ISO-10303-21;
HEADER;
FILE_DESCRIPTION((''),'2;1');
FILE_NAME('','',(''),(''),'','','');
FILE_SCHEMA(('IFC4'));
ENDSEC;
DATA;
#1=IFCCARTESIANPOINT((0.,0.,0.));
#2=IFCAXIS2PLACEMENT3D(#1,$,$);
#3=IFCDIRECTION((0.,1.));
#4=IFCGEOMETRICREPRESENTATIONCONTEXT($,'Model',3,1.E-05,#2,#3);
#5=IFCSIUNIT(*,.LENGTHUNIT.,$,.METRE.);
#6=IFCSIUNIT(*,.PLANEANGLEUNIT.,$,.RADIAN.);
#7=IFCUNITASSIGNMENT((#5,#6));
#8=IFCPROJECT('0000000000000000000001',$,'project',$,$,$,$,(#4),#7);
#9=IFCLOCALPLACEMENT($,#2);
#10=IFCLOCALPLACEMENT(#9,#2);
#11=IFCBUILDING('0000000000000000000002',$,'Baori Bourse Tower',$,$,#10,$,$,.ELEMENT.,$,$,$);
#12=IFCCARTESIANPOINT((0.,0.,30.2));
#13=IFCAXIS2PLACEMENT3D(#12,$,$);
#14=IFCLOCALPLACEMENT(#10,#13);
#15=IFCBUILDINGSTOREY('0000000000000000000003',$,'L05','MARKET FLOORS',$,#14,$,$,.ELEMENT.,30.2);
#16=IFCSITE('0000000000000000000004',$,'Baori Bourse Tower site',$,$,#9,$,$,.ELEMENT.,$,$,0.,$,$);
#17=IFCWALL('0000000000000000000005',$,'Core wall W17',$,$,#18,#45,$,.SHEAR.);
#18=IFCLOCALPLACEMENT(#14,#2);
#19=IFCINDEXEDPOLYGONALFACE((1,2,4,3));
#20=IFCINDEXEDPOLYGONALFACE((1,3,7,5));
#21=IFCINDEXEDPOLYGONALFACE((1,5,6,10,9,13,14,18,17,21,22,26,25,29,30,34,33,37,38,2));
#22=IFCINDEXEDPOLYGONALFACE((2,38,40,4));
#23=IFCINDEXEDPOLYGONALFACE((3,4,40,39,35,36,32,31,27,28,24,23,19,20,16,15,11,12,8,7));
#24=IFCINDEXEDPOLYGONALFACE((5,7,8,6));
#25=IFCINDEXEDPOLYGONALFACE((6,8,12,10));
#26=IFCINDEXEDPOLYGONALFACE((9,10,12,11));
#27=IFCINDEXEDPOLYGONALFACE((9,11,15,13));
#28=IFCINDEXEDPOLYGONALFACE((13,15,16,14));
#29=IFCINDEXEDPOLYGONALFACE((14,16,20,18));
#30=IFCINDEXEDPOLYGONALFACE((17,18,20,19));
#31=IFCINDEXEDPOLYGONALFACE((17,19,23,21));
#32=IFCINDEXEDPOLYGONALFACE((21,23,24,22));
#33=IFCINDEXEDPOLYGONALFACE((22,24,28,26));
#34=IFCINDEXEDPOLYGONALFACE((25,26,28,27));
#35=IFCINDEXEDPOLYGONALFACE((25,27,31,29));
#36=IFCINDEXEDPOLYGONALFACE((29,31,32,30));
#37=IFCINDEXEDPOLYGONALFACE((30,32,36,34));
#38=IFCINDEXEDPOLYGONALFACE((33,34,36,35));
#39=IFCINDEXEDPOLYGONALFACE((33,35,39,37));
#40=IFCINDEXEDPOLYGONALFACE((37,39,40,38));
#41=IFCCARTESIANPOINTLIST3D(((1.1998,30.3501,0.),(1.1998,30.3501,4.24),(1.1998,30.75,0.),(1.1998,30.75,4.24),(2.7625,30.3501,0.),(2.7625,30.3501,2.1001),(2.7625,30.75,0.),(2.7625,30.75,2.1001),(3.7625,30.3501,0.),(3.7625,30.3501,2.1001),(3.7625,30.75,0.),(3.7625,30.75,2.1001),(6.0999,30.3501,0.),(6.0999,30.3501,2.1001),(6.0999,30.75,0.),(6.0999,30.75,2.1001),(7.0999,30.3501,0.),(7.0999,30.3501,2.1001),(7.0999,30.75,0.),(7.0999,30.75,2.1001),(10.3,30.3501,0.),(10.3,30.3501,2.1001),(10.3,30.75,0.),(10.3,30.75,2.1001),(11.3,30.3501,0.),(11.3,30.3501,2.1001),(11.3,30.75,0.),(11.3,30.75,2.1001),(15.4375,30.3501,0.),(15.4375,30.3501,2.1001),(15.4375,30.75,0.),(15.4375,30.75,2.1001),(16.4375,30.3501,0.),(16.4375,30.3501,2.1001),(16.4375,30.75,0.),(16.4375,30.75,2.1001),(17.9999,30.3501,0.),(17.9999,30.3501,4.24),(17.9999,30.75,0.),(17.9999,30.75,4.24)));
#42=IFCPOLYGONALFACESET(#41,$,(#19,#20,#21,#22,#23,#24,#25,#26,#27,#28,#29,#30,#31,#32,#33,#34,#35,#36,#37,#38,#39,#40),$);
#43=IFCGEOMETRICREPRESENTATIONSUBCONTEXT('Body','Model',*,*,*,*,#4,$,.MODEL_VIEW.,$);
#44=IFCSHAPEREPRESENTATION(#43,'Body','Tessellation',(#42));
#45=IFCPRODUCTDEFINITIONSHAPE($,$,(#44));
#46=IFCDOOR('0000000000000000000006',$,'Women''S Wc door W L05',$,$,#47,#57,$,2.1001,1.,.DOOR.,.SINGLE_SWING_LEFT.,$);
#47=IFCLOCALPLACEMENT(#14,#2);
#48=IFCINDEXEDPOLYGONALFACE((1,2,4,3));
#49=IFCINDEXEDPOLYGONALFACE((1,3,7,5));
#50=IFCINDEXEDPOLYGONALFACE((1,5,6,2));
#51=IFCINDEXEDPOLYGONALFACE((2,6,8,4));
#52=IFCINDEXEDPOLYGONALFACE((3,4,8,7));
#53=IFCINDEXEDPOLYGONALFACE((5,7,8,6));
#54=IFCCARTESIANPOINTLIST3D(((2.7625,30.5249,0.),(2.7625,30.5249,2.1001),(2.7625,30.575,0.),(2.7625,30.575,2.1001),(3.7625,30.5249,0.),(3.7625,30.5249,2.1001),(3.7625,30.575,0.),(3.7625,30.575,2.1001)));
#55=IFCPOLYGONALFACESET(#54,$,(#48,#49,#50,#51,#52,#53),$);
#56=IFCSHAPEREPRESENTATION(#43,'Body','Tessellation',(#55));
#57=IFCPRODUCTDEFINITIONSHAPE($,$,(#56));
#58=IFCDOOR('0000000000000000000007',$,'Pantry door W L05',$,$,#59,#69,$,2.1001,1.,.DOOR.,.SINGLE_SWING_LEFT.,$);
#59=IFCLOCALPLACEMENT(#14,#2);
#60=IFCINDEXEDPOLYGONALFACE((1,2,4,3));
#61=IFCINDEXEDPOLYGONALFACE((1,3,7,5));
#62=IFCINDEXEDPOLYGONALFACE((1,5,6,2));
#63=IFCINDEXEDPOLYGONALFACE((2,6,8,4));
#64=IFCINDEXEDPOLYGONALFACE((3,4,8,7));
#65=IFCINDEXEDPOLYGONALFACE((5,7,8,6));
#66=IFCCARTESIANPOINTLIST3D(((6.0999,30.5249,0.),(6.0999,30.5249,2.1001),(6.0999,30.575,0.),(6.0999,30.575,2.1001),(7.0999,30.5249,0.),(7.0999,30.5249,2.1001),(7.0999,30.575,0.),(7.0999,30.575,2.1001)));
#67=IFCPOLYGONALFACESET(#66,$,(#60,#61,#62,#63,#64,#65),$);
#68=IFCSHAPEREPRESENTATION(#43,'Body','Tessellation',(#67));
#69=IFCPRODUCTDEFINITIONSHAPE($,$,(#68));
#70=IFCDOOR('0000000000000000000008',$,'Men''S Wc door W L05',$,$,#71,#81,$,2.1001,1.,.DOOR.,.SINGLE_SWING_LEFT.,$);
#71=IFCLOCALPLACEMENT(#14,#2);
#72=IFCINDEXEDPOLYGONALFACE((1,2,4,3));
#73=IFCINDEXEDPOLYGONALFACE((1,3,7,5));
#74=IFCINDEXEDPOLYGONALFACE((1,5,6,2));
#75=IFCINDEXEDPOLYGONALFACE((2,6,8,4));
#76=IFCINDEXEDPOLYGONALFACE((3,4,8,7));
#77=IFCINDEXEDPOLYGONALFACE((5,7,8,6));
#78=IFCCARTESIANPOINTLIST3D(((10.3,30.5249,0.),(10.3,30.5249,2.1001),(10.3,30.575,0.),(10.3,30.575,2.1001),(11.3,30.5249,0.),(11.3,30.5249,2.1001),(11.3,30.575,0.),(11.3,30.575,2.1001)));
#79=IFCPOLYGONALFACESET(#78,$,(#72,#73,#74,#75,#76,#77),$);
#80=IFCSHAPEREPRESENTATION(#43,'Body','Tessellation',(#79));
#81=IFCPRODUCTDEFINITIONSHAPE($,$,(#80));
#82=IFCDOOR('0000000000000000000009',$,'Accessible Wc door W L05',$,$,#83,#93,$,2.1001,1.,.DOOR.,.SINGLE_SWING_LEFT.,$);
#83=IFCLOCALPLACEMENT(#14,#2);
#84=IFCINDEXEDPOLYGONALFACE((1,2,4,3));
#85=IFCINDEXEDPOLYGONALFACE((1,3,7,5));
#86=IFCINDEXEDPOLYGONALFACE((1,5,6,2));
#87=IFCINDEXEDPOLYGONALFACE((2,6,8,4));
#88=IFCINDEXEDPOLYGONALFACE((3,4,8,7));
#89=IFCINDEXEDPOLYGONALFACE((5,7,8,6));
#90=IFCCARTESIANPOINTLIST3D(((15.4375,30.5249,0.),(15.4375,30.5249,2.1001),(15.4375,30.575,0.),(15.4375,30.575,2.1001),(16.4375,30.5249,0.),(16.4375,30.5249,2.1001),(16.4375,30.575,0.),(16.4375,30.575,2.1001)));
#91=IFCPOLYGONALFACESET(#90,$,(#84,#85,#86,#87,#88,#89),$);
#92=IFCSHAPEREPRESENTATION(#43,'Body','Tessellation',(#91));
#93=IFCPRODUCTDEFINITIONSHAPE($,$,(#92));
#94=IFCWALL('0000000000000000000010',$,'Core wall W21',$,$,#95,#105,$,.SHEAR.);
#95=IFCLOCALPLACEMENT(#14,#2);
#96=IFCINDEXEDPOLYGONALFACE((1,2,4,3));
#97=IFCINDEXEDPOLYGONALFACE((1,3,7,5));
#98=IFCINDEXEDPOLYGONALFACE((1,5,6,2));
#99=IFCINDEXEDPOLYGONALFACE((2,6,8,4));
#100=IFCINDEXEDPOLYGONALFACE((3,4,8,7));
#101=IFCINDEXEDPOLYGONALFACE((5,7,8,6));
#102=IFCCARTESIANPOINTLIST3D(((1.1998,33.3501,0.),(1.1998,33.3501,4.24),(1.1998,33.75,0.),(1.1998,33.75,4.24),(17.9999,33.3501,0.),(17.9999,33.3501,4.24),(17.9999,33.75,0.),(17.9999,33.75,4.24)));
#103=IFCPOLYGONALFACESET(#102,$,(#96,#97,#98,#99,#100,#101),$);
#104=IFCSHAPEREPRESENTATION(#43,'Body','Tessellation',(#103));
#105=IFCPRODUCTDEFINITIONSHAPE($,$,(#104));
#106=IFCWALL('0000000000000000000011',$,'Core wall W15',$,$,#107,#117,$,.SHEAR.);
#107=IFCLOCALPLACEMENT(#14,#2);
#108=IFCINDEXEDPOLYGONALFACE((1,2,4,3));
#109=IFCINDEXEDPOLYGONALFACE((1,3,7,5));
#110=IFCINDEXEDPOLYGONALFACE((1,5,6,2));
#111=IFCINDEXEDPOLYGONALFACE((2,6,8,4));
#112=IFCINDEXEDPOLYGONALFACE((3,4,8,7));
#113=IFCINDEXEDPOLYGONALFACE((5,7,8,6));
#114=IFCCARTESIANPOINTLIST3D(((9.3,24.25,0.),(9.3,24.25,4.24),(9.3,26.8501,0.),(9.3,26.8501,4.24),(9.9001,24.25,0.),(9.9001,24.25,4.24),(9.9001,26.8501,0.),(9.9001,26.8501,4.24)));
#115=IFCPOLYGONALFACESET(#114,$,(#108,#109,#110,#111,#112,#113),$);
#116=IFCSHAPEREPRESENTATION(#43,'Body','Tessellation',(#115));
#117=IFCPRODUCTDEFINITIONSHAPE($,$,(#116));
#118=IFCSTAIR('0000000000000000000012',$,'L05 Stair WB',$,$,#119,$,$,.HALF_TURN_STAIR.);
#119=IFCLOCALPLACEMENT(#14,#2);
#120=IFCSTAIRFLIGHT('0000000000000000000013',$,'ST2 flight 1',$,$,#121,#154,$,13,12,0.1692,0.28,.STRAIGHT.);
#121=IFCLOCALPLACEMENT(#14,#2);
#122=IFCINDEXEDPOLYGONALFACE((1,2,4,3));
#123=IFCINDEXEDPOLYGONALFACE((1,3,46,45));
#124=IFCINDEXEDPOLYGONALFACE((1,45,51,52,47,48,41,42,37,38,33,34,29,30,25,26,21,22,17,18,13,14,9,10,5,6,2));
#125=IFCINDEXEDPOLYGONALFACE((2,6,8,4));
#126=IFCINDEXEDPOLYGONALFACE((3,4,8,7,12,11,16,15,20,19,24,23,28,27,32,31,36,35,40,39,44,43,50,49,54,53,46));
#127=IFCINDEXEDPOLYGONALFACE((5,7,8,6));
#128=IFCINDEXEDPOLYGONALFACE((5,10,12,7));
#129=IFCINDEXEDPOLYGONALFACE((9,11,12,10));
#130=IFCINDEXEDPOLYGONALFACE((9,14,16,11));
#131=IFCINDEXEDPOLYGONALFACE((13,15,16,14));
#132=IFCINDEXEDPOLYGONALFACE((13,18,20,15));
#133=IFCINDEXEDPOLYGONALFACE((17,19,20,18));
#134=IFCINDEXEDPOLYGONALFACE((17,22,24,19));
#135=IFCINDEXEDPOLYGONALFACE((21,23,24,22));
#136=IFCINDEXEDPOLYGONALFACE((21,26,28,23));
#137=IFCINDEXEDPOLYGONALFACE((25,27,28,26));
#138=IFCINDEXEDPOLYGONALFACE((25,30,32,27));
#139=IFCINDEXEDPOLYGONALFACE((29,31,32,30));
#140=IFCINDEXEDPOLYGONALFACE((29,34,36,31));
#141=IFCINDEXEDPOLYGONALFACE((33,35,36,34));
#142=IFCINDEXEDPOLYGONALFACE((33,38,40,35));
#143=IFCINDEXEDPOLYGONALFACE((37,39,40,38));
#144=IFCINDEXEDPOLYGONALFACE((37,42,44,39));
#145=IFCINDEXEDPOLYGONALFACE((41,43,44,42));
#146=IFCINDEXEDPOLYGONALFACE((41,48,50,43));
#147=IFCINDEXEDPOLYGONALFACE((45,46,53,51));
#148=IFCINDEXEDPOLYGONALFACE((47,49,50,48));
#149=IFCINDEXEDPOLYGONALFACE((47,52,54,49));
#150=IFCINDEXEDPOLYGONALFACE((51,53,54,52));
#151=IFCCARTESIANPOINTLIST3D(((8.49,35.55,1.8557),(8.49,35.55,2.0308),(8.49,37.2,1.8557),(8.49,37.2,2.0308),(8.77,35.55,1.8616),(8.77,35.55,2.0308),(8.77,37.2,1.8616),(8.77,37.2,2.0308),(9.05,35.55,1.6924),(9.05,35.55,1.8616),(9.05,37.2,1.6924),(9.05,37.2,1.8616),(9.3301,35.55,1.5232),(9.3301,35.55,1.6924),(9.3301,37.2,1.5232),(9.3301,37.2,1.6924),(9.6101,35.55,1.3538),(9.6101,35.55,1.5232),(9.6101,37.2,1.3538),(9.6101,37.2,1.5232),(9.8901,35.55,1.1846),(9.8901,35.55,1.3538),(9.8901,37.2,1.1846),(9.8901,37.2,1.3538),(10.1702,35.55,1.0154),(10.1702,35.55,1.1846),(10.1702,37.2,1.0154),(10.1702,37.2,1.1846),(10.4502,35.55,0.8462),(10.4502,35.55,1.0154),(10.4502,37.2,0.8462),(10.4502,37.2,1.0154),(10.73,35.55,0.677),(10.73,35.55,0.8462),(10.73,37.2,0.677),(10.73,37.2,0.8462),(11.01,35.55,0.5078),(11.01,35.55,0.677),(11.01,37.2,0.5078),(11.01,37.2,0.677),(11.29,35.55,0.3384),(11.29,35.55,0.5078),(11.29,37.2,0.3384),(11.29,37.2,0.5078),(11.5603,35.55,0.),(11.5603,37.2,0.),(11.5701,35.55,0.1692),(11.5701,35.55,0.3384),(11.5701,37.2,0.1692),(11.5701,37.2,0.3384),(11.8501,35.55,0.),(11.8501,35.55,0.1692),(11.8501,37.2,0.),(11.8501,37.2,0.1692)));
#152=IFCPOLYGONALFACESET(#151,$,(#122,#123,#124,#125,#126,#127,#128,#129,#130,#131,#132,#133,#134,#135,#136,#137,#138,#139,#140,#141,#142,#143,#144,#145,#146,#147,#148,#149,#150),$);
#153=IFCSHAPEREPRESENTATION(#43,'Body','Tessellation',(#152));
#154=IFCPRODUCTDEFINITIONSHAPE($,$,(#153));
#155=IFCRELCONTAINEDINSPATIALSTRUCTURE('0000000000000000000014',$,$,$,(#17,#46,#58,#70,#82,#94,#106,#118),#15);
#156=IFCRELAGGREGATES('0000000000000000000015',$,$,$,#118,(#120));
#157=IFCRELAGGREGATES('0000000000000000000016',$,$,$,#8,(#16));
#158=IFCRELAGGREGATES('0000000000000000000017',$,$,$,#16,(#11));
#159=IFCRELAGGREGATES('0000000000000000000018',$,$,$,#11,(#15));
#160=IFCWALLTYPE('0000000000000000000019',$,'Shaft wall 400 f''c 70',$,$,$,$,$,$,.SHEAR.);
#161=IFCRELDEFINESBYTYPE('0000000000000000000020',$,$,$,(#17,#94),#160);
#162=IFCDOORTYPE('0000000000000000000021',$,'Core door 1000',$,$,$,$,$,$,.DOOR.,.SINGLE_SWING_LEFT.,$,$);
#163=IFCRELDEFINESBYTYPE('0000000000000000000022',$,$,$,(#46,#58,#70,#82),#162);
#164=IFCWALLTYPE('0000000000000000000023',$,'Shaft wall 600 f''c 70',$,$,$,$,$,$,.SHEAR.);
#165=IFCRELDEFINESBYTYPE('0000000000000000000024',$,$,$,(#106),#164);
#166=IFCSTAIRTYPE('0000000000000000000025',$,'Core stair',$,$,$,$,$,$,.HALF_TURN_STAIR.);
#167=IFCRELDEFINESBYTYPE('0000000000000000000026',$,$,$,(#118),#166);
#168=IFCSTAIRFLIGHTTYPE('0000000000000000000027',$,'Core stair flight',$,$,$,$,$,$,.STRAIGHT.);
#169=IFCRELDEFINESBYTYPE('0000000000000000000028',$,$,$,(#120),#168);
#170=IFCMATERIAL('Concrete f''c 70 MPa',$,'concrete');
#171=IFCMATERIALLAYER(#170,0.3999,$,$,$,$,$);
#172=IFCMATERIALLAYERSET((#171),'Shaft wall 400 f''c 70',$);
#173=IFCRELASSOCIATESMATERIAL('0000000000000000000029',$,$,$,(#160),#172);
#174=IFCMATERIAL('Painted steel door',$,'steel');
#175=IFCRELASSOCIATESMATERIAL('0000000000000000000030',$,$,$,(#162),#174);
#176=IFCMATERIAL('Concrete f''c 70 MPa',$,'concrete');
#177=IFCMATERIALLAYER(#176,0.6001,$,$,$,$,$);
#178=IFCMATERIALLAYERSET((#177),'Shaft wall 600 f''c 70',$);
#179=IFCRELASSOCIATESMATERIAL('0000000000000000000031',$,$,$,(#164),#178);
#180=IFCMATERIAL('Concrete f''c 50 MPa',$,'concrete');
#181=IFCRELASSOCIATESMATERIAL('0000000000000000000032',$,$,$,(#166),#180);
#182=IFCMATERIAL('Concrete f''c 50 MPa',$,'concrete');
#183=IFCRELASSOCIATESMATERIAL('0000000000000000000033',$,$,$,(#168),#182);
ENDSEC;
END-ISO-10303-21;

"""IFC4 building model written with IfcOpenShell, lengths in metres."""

from ifc_helpers import new_model, si_unit, direction, frame, frame_2d, origin, place, context, subcontext, project, spatial, polyline, rectangle, outline, extrude, material, layer, layer_set, type_object, element, fill, aggregate, save


model = new_model("IFC4")

# Units and contexts
model_context = context("Model", 3, precision=1e-05, world=origin(), true_north=direction((0.0, 1.0)))
body_context = subcontext(model_context, "Body", "Model", "MODEL_VIEW")
ifc_project = project(units=[si_unit("LENGTHUNIT", "METRE"), si_unit("PLANEANGLEUNIT", "RADIAN")], contexts=[model_context])

# Site, building, storey
site_placement = place(None, origin())
site = spatial("IfcSite", under=ifc_project, at=site_placement, Name="Baori Bourse Tower site", CompositionType="ELEMENT", RefElevation=0.0)
building_placement = place(site_placement, origin())
building = spatial("IfcBuilding", under=site, at=building_placement, Name="Baori Bourse Tower", CompositionType="ELEMENT")
storey_placement = place(building_placement, frame((0.0, 0.0, 30.2)))
storey = spatial("IfcBuildingStorey", under=building, at=storey_placement, Name="L05", Description="MARKET FLOORS", CompositionType="ELEMENT", Elevation=30.2)

# Shared definitions
ifc_material_1 = material(Name="Concrete f'c 70 MPa", Category="concrete")
ifc_layer_1 = layer(ifc_material_1, 0.3999)
ifc_layer_set_1 = layer_set([ifc_layer_1], Name="Shaft wall 400 f'c 70")
wall_type_1 = type_object("IfcWallType", Name="Shaft wall 400 f'c 70", PredefinedType="SHEAR", material=ifc_layer_set_1)

# Wall, openings, doors
wall_1_placement = place(storey_placement, frame((1.2, 30.55, 0.0), z_axis=(0.0, 0.0, 1.0), x_axis=(1.0, 0.0, 0.0)))
wall_1 = element("IfcWall", 1, at=wall_1_placement, inside=storey, type_object=wall_type_1, Name="Core wall W17", PredefinedType="SHEAR", context=body_context, shape_type="SweptSolid", body=[
    extrude(rectangle(XDim=16.8, YDim=0.3999, at=frame_2d((8.3999, 0.0))), origin(), (0.0, 0.0, 1.0), 4.24),
])
opening_1_placement = place(wall_1_placement, frame((1.5625, 0.0, 0.0)))
opening_1 = element("IfcOpeningElement", 2, at=opening_1_placement, cuts=wall_1, PredefinedType="OPENING", context=body_context, shape_type="SweptSolid", body=[
    extrude(rectangle(XDim=1.0, YDim=2.1001, at=frame_2d((0.5, 1.05))), frame((0.0, 0.21, 0.0), z_axis=(0.0, -1.0, 0.0), x_axis=(1.0, 0.0, 0.0)), (0.0, 0.0, 1.0), 0.4199),
])
opening_2_placement = place(wall_1_placement, frame((4.8999, 0.0, 0.0)))
opening_2 = element("IfcOpeningElement", 3, at=opening_2_placement, cuts=wall_1, PredefinedType="OPENING", context=body_context, shape_type="SweptSolid", body=[
    extrude(rectangle(XDim=1.0, YDim=2.1001, at=frame_2d((0.5, 1.05))), frame((0.0, 0.21, 0.0), z_axis=(0.0, -1.0, 0.0), x_axis=(1.0, 0.0, 0.0)), (0.0, 0.0, 1.0), 0.4199),
])
opening_3_placement = place(wall_1_placement, frame((9.1001, 0.0, 0.0)))
opening_3 = element("IfcOpeningElement", 4, at=opening_3_placement, cuts=wall_1, PredefinedType="OPENING", context=body_context, shape_type="SweptSolid", body=[
    extrude(rectangle(XDim=1.0, YDim=2.1001, at=frame_2d((0.5, 1.05))), frame((0.0, 0.21, 0.0), z_axis=(0.0, -1.0, 0.0), x_axis=(1.0, 0.0, 0.0)), (0.0, 0.0, 1.0), 0.4199),
])
opening_4_placement = place(wall_1_placement, frame((14.2375, 0.0, 0.0)))
opening_4 = element("IfcOpeningElement", 5, at=opening_4_placement, cuts=wall_1, PredefinedType="OPENING", context=body_context, shape_type="SweptSolid", body=[
    extrude(rectangle(XDim=1.0, YDim=2.1001, at=frame_2d((0.5, 1.05))), frame((0.0, 0.21, 0.0), z_axis=(0.0, -1.0, 0.0), x_axis=(1.0, 0.0, 0.0)), (0.0, 0.0, 1.0), 0.4199),
])
ifc_material_2 = material(Name="Painted steel door", Category="steel")
door_type_1 = type_object("IfcDoorType", Name="Core door 1000", OperationType="SINGLE_SWING_LEFT", PredefinedType="DOOR", material=ifc_material_2)
door_1_placement = place(opening_1_placement, origin())
door_1 = element("IfcDoor", 6, at=door_1_placement, inside=storey, type_object=door_type_1, Name="Women'S Wc door W L05", OperationType="SINGLE_SWING_LEFT", OverallHeight=2.1001, OverallWidth=1.0, PredefinedType="DOOR", context=body_context, shape_type="SweptSolid", body=[
    extrude(rectangle(XDim=1.0, YDim=2.1001, at=frame_2d((0.5, 1.05))), frame((0.0, 0.0249, 0.0), z_axis=(0.0, -1.0, 0.0), x_axis=(1.0, 0.0, 0.0)), (0.0, 0.0, 1.0), 0.05),
])
fill(opening_1, door_1)
door_2_placement = place(opening_2_placement, origin())
door_2 = element("IfcDoor", 7, at=door_2_placement, inside=storey, type_object=door_type_1, Name="Pantry door W L05", OperationType="SINGLE_SWING_LEFT", OverallHeight=2.1001, OverallWidth=1.0, PredefinedType="DOOR", context=body_context, shape_type="SweptSolid", body=[
    extrude(rectangle(XDim=1.0, YDim=2.1001, at=frame_2d((0.5, 1.05))), frame((0.0, 0.0249, 0.0), z_axis=(0.0, -1.0, 0.0), x_axis=(1.0, 0.0, 0.0)), (0.0, 0.0, 1.0), 0.05),
])
fill(opening_2, door_2)
door_3_placement = place(opening_3_placement, origin())
door_3 = element("IfcDoor", 8, at=door_3_placement, inside=storey, type_object=door_type_1, Name="Men'S Wc door W L05", OperationType="SINGLE_SWING_LEFT", OverallHeight=2.1001, OverallWidth=1.0, PredefinedType="DOOR", context=body_context, shape_type="SweptSolid", body=[
    extrude(rectangle(XDim=1.0, YDim=2.1001, at=frame_2d((0.5, 1.05))), frame((0.0, 0.0249, 0.0), z_axis=(0.0, -1.0, 0.0), x_axis=(1.0, 0.0, 0.0)), (0.0, 0.0, 1.0), 0.05),
])
fill(opening_3, door_3)
door_4_placement = place(opening_4_placement, origin())
door_4 = element("IfcDoor", 9, at=door_4_placement, inside=storey, type_object=door_type_1, Name="Accessible Wc door W L05", OperationType="SINGLE_SWING_LEFT", OverallHeight=2.1001, OverallWidth=1.0, PredefinedType="DOOR", context=body_context, shape_type="SweptSolid", body=[
    extrude(rectangle(XDim=1.0, YDim=2.1001, at=frame_2d((0.5, 1.05))), frame((0.0, 0.0249, 0.0), z_axis=(0.0, -1.0, 0.0), x_axis=(1.0, 0.0, 0.0)), (0.0, 0.0, 1.0), 0.05),
])
fill(opening_4, door_4)

# Walls
wall_2_placement = place(storey_placement, frame((1.2, 33.55, 0.0), z_axis=(0.0, 0.0, 1.0), x_axis=(1.0, 0.0, 0.0)))
element("IfcWall", 10, at=wall_2_placement, inside=storey, type_object=wall_type_1, Name="Core wall W21", PredefinedType="SHEAR", context=body_context, shape_type="SweptSolid", body=[
    extrude(rectangle(XDim=16.8, YDim=0.3999, at=frame_2d((8.3999, 0.0))), origin(), (0.0, 0.0, 1.0), 4.24),
])
ifc_material_3 = material(Name="Concrete f'c 70 MPa", Category="concrete")
ifc_layer_2 = layer(ifc_material_3, 0.6001)
ifc_layer_set_2 = layer_set([ifc_layer_2], Name="Shaft wall 600 f'c 70")
wall_type_2 = type_object("IfcWallType", Name="Shaft wall 600 f'c 70", PredefinedType="SHEAR", material=ifc_layer_set_2)
wall_3_placement = place(storey_placement, frame((9.6001, 24.25, 0.0), z_axis=(0.0, 0.0, 1.0), x_axis=(0.0, 1.0, 0.0)))
element("IfcWall", 11, at=wall_3_placement, inside=storey, type_object=wall_type_2, Name="Core wall W15", PredefinedType="SHEAR", context=body_context, shape_type="SweptSolid", body=[
    extrude(rectangle(XDim=2.6001, YDim=0.6001, at=frame_2d((1.3, 0.0))), origin(), (0.0, 0.0, 1.0), 4.24),
])

# Stair, stair flight
ifc_material_4 = material(Name="Concrete f'c 50 MPa", Category="concrete")
stair_type = type_object("IfcStairType", Name="Core stair", PredefinedType="HALF_TURN_STAIR", material=ifc_material_4)
stair_placement = place(storey_placement, origin())
stair = element("IfcStair", 12, at=stair_placement, inside=storey, type_object=stair_type, Name="L05 Stair WB", PredefinedType="HALF_TURN_STAIR")
ifc_material_5 = material(Name="Concrete f'c 50 MPa", Category="concrete")
stair_flight_type = type_object("IfcStairFlightType", Name="Core stair flight", PredefinedType="STRAIGHT", material=ifc_material_5)
stair_flight_1_placement = place(storey_placement, frame((11.8501, 36.375, 0.0), z_axis=(0.0, 0.0, 1.0), x_axis=(-1.0, 0.0, 0.0)))
stair_flight_1 = element("IfcStairFlight", 13, at=stair_flight_1_placement, type_object=stair_flight_type, Name="ST2 flight 1", NumberOfRisers=13, NumberOfTreads=12, PredefinedType="STRAIGHT", RiserHeight=0.1692, TreadLength=0.28, context=body_context, shape_type="SweptSolid", body=[
    extrude(outline(polyline([(0.0, 0.0), (0.0, 0.1692), (0.28, 0.1692), (0.28, 0.3384), (0.5601, 0.3384), (0.5601, 0.5078), (0.8401, 0.5078), (0.8401, 0.677), (1.1201, 0.677), (1.1201, 0.8462), (1.3999, 0.8462), (1.3999, 1.0154), (1.6799, 1.0154), (1.6799, 1.1846), (1.96, 1.1846), (1.96, 1.3538), (2.24, 1.3538), (2.24, 1.5232), (2.52, 1.5232), (2.52, 1.6924), (2.8, 1.6924), (2.8, 1.8616), (3.0801, 1.8616), (3.0801, 2.0308), (3.3601, 2.0308), (3.3601, 2.2), (3.3601, 1.8557), (0.2898, 0.0), (0.0, 0.0)])), frame((0.0, 0.825, 0.0), z_axis=(0.0, -1.0, 0.0), x_axis=(1.0, 0.0, 0.0)), (0.0, 0.0, 1.0), 1.6499),
])
aggregate(stair, [stair_flight_1])

save(model, "model.ifc")
